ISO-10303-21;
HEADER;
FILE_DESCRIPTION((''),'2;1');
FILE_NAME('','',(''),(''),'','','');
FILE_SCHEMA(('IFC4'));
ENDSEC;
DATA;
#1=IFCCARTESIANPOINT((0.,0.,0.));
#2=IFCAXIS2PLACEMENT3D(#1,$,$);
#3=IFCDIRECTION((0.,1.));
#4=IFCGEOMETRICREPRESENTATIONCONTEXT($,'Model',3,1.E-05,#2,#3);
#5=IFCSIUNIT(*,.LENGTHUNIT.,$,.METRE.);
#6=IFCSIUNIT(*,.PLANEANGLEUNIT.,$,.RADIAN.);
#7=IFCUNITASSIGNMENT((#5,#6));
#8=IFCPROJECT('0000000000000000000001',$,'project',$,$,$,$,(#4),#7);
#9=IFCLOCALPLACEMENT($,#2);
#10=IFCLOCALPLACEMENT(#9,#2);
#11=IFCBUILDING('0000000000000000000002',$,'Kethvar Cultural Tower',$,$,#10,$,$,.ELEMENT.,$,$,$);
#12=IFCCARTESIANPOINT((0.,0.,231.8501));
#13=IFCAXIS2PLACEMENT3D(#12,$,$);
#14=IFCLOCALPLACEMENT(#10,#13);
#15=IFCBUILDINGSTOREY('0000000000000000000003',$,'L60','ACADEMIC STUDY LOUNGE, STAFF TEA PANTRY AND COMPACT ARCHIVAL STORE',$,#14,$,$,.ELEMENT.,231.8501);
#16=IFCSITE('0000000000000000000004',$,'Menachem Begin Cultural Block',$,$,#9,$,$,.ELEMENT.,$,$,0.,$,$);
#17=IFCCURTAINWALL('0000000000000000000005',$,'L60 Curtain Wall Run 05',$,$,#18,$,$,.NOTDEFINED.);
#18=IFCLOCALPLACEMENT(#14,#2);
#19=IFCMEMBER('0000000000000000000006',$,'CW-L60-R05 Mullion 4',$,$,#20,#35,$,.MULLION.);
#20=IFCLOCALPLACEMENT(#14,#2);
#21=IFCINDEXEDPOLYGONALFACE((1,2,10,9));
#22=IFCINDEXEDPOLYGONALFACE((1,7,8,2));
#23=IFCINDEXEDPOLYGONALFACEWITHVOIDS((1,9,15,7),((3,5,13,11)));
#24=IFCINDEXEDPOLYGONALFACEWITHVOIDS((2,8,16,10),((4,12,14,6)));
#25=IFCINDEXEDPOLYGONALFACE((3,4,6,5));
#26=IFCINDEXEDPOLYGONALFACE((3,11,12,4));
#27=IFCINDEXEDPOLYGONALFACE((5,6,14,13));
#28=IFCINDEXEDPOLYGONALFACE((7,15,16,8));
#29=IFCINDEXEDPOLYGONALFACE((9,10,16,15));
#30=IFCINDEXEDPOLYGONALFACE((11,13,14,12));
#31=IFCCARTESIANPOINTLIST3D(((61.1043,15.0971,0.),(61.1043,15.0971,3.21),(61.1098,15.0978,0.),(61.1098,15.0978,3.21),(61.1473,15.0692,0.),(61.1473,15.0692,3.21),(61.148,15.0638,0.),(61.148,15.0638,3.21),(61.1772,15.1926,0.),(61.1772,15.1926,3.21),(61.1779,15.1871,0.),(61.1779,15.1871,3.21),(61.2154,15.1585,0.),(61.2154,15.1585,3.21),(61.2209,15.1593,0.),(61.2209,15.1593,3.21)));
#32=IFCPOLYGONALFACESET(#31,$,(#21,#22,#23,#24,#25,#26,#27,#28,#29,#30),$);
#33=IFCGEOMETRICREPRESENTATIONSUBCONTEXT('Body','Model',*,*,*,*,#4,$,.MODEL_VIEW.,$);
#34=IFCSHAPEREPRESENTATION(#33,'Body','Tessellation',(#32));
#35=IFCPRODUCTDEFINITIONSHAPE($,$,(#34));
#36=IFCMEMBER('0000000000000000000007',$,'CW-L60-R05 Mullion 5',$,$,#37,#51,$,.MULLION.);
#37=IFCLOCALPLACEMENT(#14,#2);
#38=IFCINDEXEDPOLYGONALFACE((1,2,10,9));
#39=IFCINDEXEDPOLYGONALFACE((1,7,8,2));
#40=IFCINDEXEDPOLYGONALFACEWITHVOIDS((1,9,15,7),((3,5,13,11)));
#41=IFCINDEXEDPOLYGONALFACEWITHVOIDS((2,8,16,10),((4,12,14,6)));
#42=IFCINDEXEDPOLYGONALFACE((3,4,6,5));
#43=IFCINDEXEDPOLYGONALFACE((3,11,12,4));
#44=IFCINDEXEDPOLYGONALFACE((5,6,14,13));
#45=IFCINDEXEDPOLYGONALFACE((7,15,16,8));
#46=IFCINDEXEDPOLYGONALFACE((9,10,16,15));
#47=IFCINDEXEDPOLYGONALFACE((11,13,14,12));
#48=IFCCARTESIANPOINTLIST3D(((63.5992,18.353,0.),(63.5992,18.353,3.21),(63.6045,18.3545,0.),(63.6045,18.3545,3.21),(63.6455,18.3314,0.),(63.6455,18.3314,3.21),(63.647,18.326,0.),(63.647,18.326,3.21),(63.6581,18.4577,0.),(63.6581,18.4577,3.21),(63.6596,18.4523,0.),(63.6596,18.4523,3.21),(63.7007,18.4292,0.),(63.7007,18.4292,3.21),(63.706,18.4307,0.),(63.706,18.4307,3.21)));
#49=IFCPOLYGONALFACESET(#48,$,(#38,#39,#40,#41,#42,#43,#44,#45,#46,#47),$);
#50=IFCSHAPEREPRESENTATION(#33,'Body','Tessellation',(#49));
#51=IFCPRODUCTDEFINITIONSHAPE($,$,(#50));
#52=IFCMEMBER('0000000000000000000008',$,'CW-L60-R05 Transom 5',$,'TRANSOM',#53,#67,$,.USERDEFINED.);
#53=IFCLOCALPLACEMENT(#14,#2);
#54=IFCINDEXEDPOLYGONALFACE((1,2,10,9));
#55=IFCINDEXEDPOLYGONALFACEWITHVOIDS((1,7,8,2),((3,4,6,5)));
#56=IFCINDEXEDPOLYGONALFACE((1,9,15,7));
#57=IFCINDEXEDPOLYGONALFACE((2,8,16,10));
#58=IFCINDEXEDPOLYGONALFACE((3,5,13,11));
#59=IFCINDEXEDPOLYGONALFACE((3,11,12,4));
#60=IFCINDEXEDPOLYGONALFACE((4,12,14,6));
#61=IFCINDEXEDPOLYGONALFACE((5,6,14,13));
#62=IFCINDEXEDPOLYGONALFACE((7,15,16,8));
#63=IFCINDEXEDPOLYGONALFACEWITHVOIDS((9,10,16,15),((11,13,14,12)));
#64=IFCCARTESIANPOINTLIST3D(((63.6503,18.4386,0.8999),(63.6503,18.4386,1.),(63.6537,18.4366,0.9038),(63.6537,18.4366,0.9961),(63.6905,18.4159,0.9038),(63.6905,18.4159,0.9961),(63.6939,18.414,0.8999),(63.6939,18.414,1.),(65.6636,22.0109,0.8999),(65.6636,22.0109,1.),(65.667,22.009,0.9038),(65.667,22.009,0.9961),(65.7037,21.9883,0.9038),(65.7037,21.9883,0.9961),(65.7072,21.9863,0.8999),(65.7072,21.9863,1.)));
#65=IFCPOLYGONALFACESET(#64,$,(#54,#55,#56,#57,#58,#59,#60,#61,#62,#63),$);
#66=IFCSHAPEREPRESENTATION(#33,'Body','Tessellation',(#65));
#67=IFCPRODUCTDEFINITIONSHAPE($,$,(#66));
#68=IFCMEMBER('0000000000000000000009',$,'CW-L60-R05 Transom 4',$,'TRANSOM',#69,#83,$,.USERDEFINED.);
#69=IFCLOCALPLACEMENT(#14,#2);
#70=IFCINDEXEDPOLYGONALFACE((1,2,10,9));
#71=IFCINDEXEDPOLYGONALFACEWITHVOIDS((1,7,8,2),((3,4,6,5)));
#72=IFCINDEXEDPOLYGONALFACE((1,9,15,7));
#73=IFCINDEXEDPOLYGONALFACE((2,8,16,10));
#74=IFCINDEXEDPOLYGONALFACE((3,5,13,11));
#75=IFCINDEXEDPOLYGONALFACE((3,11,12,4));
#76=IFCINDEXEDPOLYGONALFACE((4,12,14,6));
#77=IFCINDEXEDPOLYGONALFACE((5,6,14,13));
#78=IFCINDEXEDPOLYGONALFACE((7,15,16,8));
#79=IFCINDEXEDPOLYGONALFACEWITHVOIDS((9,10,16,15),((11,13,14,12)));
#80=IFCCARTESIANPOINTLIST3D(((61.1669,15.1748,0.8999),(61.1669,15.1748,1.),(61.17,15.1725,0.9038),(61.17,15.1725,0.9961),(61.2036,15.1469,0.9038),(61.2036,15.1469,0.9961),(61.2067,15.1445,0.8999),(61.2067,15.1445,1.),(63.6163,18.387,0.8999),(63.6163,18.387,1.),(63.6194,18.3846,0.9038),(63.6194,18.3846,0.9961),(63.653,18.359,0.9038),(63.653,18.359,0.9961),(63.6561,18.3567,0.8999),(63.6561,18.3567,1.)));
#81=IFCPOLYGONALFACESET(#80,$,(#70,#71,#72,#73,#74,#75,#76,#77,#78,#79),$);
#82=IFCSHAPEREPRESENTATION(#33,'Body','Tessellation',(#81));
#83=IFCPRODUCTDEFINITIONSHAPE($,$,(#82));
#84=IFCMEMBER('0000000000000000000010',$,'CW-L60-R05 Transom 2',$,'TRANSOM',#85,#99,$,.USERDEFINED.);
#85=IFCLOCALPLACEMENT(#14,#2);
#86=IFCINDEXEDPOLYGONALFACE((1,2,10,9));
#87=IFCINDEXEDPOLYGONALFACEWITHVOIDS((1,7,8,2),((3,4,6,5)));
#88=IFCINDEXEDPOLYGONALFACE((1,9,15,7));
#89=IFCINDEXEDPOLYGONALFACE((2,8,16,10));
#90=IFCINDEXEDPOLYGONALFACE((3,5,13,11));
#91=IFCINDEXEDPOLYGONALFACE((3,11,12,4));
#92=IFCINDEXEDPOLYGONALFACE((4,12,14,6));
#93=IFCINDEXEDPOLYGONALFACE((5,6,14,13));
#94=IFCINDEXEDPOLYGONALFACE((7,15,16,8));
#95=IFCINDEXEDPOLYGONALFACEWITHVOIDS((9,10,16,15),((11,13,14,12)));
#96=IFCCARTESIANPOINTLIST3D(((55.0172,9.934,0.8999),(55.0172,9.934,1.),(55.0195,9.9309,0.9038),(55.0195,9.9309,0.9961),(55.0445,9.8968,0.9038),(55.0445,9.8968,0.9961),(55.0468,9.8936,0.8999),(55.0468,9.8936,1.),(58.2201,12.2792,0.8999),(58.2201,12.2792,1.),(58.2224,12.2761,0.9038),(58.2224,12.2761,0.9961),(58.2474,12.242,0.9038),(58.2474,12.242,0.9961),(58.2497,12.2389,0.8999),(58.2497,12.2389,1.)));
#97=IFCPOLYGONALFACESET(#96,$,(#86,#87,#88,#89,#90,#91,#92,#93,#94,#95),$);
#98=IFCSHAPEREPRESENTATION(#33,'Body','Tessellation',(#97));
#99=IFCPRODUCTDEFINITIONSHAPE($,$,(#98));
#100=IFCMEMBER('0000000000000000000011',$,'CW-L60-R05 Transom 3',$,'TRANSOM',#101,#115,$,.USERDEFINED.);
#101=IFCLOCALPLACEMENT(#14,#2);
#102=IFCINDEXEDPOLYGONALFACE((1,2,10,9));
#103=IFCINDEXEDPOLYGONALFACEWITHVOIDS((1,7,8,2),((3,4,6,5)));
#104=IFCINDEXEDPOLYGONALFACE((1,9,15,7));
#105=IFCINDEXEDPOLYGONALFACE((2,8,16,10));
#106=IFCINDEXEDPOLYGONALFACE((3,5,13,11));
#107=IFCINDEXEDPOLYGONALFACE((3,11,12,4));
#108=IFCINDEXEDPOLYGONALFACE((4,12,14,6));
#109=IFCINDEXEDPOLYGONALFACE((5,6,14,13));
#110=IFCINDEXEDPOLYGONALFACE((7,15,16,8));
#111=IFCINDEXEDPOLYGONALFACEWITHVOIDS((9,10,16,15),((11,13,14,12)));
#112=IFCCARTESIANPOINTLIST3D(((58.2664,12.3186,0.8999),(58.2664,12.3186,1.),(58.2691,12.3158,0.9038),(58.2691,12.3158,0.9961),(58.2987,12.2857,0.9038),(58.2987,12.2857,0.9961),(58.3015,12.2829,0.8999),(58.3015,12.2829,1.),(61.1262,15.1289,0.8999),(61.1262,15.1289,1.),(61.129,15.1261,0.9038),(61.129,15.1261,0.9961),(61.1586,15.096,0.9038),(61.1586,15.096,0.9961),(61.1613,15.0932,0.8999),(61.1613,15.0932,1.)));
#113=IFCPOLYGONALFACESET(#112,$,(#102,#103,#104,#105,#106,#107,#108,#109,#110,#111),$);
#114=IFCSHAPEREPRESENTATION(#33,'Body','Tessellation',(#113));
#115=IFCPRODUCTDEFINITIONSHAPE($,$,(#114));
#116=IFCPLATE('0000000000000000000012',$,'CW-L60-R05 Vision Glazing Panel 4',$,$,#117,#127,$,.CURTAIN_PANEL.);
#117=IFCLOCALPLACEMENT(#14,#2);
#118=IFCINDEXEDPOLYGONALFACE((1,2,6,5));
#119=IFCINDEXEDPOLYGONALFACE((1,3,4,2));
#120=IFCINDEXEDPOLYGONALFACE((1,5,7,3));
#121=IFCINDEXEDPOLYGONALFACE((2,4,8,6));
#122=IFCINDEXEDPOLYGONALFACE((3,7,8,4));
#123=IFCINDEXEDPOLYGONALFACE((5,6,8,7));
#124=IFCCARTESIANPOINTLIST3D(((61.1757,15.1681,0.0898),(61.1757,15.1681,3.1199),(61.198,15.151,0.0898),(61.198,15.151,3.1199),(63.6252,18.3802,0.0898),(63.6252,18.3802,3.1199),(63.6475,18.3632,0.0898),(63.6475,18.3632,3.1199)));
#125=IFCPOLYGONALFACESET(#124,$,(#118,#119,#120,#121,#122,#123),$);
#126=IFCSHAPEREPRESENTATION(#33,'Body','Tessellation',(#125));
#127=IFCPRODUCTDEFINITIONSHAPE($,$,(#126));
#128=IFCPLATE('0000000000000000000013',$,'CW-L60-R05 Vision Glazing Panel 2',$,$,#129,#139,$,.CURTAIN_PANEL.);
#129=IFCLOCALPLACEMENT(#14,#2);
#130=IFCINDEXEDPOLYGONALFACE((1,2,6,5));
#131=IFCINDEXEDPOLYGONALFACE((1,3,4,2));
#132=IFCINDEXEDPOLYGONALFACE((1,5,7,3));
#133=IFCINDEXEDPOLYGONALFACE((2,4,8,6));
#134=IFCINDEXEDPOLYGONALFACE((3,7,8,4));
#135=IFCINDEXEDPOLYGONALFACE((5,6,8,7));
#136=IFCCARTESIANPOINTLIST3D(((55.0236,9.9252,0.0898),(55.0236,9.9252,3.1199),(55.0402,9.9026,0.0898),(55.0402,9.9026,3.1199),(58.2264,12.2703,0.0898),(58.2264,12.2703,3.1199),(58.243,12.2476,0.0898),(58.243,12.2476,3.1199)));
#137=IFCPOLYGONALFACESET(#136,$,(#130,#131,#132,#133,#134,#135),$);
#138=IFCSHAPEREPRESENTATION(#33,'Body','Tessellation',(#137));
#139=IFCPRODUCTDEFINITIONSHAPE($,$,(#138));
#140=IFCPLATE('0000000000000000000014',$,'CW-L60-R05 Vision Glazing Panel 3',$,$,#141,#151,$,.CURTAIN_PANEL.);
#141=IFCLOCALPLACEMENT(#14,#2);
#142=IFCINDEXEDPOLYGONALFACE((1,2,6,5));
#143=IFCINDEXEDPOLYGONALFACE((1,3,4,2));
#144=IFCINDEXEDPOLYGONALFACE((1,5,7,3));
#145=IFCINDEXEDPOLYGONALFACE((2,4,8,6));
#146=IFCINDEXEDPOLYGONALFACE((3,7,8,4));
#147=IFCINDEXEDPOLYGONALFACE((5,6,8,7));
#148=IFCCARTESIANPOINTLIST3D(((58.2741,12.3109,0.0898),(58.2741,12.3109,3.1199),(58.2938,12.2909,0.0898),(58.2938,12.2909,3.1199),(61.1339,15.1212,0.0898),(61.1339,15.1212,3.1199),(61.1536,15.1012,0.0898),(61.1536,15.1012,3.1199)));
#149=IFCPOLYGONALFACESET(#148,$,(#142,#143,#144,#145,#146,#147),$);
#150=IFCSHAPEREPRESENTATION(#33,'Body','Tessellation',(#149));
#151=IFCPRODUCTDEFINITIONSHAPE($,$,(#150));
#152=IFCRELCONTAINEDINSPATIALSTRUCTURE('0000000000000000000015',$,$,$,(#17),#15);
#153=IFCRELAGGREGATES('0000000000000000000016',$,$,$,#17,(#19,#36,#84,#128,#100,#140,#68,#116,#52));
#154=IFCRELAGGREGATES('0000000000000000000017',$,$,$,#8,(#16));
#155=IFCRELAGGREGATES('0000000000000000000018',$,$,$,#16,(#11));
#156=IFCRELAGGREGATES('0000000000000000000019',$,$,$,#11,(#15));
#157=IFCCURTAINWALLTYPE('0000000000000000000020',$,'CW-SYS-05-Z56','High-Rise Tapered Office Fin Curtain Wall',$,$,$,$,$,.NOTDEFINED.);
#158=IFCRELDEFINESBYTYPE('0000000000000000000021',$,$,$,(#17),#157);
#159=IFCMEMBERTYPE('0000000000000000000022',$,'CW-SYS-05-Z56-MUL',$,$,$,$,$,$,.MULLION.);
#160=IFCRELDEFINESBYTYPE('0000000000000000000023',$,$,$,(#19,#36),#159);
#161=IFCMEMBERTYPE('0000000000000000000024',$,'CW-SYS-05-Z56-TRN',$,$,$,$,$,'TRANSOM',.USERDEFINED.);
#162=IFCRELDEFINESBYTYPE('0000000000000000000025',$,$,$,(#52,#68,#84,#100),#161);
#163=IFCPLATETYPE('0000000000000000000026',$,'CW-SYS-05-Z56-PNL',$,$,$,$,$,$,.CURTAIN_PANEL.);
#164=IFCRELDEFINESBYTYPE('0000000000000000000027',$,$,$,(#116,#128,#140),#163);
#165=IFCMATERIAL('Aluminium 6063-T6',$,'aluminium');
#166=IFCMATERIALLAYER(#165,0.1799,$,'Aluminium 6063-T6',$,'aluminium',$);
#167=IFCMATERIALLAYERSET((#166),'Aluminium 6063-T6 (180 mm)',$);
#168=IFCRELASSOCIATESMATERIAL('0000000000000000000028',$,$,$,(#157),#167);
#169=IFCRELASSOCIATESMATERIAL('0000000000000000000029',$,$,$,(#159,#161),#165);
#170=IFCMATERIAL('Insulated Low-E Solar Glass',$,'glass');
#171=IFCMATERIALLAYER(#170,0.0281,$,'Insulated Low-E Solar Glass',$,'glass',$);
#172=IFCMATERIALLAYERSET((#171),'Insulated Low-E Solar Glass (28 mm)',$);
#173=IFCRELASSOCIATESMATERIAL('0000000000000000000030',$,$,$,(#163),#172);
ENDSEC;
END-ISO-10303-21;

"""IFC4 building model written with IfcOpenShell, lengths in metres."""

from ifc_helpers import new_model, si_unit, direction, frame, origin, origin_2d, place, context, subcontext, project, spatial, rectangle, hollow_rectangle, extrude, source, transform, mapped, material, layer, layer_set, material_profile, profile_set, type_object, element, aggregate, save


model = new_model("IFC4")

# Units and contexts
model_context = context("Model", 3, precision=1e-05, world=origin(), true_north=direction((0.0, 1.0)))
body_context = subcontext(model_context, "Body", "Model", "MODEL_VIEW")
ifc_project = project(units=[si_unit("LENGTHUNIT", "METRE"), si_unit("PLANEANGLEUNIT", "RADIAN")], contexts=[model_context])

# Site, building, storey
site_placement = place(None, origin())
site = spatial("IfcSite", under=ifc_project, at=site_placement, Name="Menachem Begin Cultural Block", CompositionType="ELEMENT", RefElevation=0.0)
building_placement = place(site_placement, origin())
building = spatial("IfcBuilding", under=site, at=building_placement, Name="Kethvar Cultural Tower", CompositionType="ELEMENT")
storey_placement = place(building_placement, frame((0.0, 0.0, 231.8501)))
storey = spatial("IfcBuildingStorey", under=building, at=storey_placement, Name="L60", Description="ACADEMIC STUDY LOUNGE, STAFF TEA PANTRY AND COMPACT ARCHIVAL STORE", CompositionType="ELEMENT", Elevation=231.8501)

# Curtain wall, members, plates
ifc_material_1 = material(Name="Aluminium 6063-T6", Category="aluminium")
ifc_layer_1 = layer(ifc_material_1, 0.1799, Name="Aluminium 6063-T6", Category="aluminium")
ifc_layer_set_1 = layer_set([ifc_layer_1], Name="Aluminium 6063-T6 (180 mm)")
curtain_wall_type = type_object("IfcCurtainWallType", Name="CW-SYS-05-Z56", Description="High-Rise Tapered Office Fin Curtain Wall", PredefinedType="NOTDEFINED", material=ifc_layer_set_1)
curtain_wall_placement = place(storey_placement, origin())
curtain_wall = element("IfcCurtainWall", 1, at=curtain_wall_placement, inside=storey, type_object=curtain_wall_type, Name="L60 Curtain Wall Run 05", PredefinedType="NOTDEFINED")
ifc_material_profile_1 = material_profile(ifc_material_1, hollow_rectangle(XDim=0.0549, YDim=0.1201, WallThickness=0.0039, at=origin_2d()), Name="Aluminium 6063-T6 — RHS120x55x4")
ifc_profile_set_1 = profile_set([ifc_material_profile_1], Name="Aluminium 6063-T6 — RHS120x55x4")
member_type_1 = type_object("IfcMemberType", Name="CW-SYS-05-Z56-MUL", PredefinedType="MULLION", material=ifc_profile_set_1)
shared_shape_1 = source(origin(), body_context, "Body", "SweptSolid", [
    extrude(hollow_rectangle(XDim=0.0549, YDim=0.1201, WallThickness=0.0039, at=origin_2d()), origin(), (0.0, 0.0, 1.0), 3.21),
])
member_1_placement = place(storey_placement, frame((61.1626, 15.1282, 0.0), z_axis=(0.0, 0.0, 1.0), x_axis=(-0.795177, 0.606377, 0.0)))
member_1 = element("IfcMember", 2, at=member_1_placement, type_object=member_type_1, Name="CW-L60-R05 Mullion 4", PredefinedType="MULLION", context=body_context, shape_type="MappedRepresentation", body=[
    mapped(shared_shape_1, transform((0.0, 0.0, 0.0), scale=1.0)),
])
member_2_placement = place(storey_placement, frame((63.6526, 18.3918, 0.0), z_axis=(0.0, 0.0, 1.0), x_axis=(-0.871171, 0.49098, 0.0)))
member_2 = element("IfcMember", 3, at=member_2_placement, type_object=member_type_1, Name="CW-L60-R05 Mullion 5", PredefinedType="MULLION", context=body_context, shape_type="MappedRepresentation", body=[
    mapped(shared_shape_1, transform((0.0, 0.0, 0.0), scale=1.0)),
])
ifc_material_profile_2 = material_profile(ifc_material_1, hollow_rectangle(XDim=0.05, YDim=0.1001, WallThickness=0.0039, at=origin_2d()), Name="Aluminium 6063-T6 — RHS100x50x4")
ifc_profile_set_2 = profile_set([ifc_material_profile_2], Name="Aluminium 6063-T6 — RHS100x50x4")
member_type_2 = type_object("IfcMemberType", Name="CW-SYS-05-Z56-TRN", ElementType="TRANSOM", PredefinedType="USERDEFINED", material=ifc_profile_set_2)
shared_shape_2 = source(origin(), body_context, "Body", "SweptSolid", [
    extrude(hollow_rectangle(XDim=0.05, YDim=0.1001, WallThickness=0.0039, at=origin_2d()), origin(), (0.0, 0.0, 1.0), 4.1006),
])
member_3_placement = place(storey_placement, frame((63.6721, 18.4263, 0.95), z_axis=(0.490962, 0.871181, 0.0), x_axis=(-0.871181, 0.490962, 0.0)))
member_3 = element("IfcMember", 4, at=member_3_placement, type_object=member_type_2, Name="CW-L60-R05 Transom 5", ObjectType="TRANSOM", PredefinedType="USERDEFINED", context=body_context, shape_type="MappedRepresentation", body=[
    mapped(shared_shape_2, transform((0.0, 0.0, 0.0), scale=1.0)),
])
shared_shape_3 = source(origin(), body_context, "Body", "SweptSolid", [
    extrude(hollow_rectangle(XDim=0.05, YDim=0.1001, WallThickness=0.0039, at=origin_2d()), origin(), (0.0, 0.0, 1.0), 4.0396),
])
member_4_placement = place(storey_placement, frame((61.1868, 15.1597, 0.95), z_axis=(0.606373, 0.795181, 0.0), x_axis=(-0.795181, 0.606373, 0.0)))
member_4 = element("IfcMember", 5, at=member_4_placement, type_object=member_type_2, Name="CW-L60-R05 Transom 4", ObjectType="TRANSOM", PredefinedType="USERDEFINED", context=body_context, shape_type="MappedRepresentation", body=[
    mapped(shared_shape_3, transform((0.0, 0.0, 0.0), scale=1.0)),
])
shared_shape_4 = source(origin(), body_context, "Body", "SweptSolid", [
    extrude(hollow_rectangle(XDim=0.05, YDim=0.1001, WallThickness=0.0039, at=origin_2d()), origin(), (0.0, 0.0, 1.0), 3.9697),
])
member_5_placement = place(storey_placement, frame((55.032, 9.9138, 0.95), z_axis=(0.806833, 0.59078, 0.0), x_axis=(-0.59078, 0.806833, 0.0)))
member_5 = element("IfcMember", 6, at=member_5_placement, type_object=member_type_2, Name="CW-L60-R05 Transom 2", ObjectType="TRANSOM", PredefinedType="USERDEFINED", context=body_context, shape_type="MappedRepresentation", body=[
    mapped(shared_shape_4, transform((0.0, 0.0, 0.0), scale=1.0)),
])
shared_shape_5 = source(origin(), body_context, "Body", "SweptSolid", [
    extrude(hollow_rectangle(XDim=0.05, YDim=0.1001, WallThickness=0.0039, at=origin_2d()), origin(), (0.0, 0.0, 1.0), 4.0095),
])
member_6_placement = place(storey_placement, frame((58.2839, 12.3008, 0.95), z_axis=(0.71326, 0.700899, 0.0), x_axis=(-0.700899, 0.71326, 0.0)))
member_6 = element("IfcMember", 7, at=member_6_placement, type_object=member_type_2, Name="CW-L60-R05 Transom 3", ObjectType="TRANSOM", PredefinedType="USERDEFINED", context=body_context, shape_type="MappedRepresentation", body=[
    mapped(shared_shape_5, transform((0.0, 0.0, 0.0), scale=1.0)),
])
ifc_material_2 = material(Name="Insulated Low-E Solar Glass", Category="glass")
ifc_layer_2 = layer(ifc_material_2, 0.0281, Name="Insulated Low-E Solar Glass", Category="glass")
ifc_layer_set_2 = layer_set([ifc_layer_2], Name="Insulated Low-E Solar Glass (28 mm)")
plate_type = type_object("IfcPlateType", Name="CW-SYS-05-Z56-PNL", PredefinedType="CURTAIN_PANEL", material=ifc_layer_set_2)
shared_shape_6 = source(origin(), body_context, "Body", "SweptSolid", [
    extrude(rectangle(XDim=4.0396, YDim=0.0281, at=origin_2d()), origin(), (0.0, 0.0, 1.0), 3.03),
])
plate_1_placement = place(storey_placement, frame((62.4116, 16.7656, 0.0898), z_axis=(0.0, 0.0, 1.0), x_axis=(0.606377, 0.795177, 0.0)))
plate_1 = element("IfcPlate", 8, at=plate_1_placement, type_object=plate_type, Name="CW-L60-R05 Vision Glazing Panel 4", PredefinedType="CURTAIN_PANEL", context=body_context, shape_type="MappedRepresentation", body=[
    mapped(shared_shape_6, transform((0.0, 0.0, 0.0), scale=1.0)),
])
shared_shape_7 = source(origin(), body_context, "Body", "SweptSolid", [
    extrude(rectangle(XDim=3.9695, YDim=0.0281, at=origin_2d()), origin(), (0.0, 0.0, 1.0), 3.03),
])
plate_2_placement = place(storey_placement, frame((56.6333, 11.0864, 0.0898), z_axis=(0.0, 0.0, 1.0), x_axis=(0.806837, 0.590775, 0.0)))
plate_2 = element("IfcPlate", 9, at=plate_2_placement, type_object=plate_type, Name="CW-L60-R05 Vision Glazing Panel 2", PredefinedType="CURTAIN_PANEL", context=body_context, shape_type="MappedRepresentation", body=[
    mapped(shared_shape_7, transform((0.0, 0.0, 0.0), scale=1.0)),
])
shared_shape_8 = source(origin(), body_context, "Body", "SweptSolid", [
    extrude(rectangle(XDim=4.0095, YDim=0.0281, at=origin_2d()), origin(), (0.0, 0.0, 1.0), 3.03),
])
plate_3_placement = place(storey_placement, frame((59.7139, 13.7061, 0.0898), z_axis=(0.0, 0.0, 1.0), x_axis=(0.713263, 0.700897, 0.0)))
plate_3 = element("IfcPlate", 10, at=plate_3_placement, type_object=plate_type, Name="CW-L60-R05 Vision Glazing Panel 3", PredefinedType="CURTAIN_PANEL", context=body_context, shape_type="MappedRepresentation", body=[
    mapped(shared_shape_8, transform((0.0, 0.0, 0.0), scale=1.0)),
])
aggregate(curtain_wall, [member_1, member_2, member_5, plate_2, member_6, plate_3, member_4, plate_1, member_3])

save(model, "model.ifc")
